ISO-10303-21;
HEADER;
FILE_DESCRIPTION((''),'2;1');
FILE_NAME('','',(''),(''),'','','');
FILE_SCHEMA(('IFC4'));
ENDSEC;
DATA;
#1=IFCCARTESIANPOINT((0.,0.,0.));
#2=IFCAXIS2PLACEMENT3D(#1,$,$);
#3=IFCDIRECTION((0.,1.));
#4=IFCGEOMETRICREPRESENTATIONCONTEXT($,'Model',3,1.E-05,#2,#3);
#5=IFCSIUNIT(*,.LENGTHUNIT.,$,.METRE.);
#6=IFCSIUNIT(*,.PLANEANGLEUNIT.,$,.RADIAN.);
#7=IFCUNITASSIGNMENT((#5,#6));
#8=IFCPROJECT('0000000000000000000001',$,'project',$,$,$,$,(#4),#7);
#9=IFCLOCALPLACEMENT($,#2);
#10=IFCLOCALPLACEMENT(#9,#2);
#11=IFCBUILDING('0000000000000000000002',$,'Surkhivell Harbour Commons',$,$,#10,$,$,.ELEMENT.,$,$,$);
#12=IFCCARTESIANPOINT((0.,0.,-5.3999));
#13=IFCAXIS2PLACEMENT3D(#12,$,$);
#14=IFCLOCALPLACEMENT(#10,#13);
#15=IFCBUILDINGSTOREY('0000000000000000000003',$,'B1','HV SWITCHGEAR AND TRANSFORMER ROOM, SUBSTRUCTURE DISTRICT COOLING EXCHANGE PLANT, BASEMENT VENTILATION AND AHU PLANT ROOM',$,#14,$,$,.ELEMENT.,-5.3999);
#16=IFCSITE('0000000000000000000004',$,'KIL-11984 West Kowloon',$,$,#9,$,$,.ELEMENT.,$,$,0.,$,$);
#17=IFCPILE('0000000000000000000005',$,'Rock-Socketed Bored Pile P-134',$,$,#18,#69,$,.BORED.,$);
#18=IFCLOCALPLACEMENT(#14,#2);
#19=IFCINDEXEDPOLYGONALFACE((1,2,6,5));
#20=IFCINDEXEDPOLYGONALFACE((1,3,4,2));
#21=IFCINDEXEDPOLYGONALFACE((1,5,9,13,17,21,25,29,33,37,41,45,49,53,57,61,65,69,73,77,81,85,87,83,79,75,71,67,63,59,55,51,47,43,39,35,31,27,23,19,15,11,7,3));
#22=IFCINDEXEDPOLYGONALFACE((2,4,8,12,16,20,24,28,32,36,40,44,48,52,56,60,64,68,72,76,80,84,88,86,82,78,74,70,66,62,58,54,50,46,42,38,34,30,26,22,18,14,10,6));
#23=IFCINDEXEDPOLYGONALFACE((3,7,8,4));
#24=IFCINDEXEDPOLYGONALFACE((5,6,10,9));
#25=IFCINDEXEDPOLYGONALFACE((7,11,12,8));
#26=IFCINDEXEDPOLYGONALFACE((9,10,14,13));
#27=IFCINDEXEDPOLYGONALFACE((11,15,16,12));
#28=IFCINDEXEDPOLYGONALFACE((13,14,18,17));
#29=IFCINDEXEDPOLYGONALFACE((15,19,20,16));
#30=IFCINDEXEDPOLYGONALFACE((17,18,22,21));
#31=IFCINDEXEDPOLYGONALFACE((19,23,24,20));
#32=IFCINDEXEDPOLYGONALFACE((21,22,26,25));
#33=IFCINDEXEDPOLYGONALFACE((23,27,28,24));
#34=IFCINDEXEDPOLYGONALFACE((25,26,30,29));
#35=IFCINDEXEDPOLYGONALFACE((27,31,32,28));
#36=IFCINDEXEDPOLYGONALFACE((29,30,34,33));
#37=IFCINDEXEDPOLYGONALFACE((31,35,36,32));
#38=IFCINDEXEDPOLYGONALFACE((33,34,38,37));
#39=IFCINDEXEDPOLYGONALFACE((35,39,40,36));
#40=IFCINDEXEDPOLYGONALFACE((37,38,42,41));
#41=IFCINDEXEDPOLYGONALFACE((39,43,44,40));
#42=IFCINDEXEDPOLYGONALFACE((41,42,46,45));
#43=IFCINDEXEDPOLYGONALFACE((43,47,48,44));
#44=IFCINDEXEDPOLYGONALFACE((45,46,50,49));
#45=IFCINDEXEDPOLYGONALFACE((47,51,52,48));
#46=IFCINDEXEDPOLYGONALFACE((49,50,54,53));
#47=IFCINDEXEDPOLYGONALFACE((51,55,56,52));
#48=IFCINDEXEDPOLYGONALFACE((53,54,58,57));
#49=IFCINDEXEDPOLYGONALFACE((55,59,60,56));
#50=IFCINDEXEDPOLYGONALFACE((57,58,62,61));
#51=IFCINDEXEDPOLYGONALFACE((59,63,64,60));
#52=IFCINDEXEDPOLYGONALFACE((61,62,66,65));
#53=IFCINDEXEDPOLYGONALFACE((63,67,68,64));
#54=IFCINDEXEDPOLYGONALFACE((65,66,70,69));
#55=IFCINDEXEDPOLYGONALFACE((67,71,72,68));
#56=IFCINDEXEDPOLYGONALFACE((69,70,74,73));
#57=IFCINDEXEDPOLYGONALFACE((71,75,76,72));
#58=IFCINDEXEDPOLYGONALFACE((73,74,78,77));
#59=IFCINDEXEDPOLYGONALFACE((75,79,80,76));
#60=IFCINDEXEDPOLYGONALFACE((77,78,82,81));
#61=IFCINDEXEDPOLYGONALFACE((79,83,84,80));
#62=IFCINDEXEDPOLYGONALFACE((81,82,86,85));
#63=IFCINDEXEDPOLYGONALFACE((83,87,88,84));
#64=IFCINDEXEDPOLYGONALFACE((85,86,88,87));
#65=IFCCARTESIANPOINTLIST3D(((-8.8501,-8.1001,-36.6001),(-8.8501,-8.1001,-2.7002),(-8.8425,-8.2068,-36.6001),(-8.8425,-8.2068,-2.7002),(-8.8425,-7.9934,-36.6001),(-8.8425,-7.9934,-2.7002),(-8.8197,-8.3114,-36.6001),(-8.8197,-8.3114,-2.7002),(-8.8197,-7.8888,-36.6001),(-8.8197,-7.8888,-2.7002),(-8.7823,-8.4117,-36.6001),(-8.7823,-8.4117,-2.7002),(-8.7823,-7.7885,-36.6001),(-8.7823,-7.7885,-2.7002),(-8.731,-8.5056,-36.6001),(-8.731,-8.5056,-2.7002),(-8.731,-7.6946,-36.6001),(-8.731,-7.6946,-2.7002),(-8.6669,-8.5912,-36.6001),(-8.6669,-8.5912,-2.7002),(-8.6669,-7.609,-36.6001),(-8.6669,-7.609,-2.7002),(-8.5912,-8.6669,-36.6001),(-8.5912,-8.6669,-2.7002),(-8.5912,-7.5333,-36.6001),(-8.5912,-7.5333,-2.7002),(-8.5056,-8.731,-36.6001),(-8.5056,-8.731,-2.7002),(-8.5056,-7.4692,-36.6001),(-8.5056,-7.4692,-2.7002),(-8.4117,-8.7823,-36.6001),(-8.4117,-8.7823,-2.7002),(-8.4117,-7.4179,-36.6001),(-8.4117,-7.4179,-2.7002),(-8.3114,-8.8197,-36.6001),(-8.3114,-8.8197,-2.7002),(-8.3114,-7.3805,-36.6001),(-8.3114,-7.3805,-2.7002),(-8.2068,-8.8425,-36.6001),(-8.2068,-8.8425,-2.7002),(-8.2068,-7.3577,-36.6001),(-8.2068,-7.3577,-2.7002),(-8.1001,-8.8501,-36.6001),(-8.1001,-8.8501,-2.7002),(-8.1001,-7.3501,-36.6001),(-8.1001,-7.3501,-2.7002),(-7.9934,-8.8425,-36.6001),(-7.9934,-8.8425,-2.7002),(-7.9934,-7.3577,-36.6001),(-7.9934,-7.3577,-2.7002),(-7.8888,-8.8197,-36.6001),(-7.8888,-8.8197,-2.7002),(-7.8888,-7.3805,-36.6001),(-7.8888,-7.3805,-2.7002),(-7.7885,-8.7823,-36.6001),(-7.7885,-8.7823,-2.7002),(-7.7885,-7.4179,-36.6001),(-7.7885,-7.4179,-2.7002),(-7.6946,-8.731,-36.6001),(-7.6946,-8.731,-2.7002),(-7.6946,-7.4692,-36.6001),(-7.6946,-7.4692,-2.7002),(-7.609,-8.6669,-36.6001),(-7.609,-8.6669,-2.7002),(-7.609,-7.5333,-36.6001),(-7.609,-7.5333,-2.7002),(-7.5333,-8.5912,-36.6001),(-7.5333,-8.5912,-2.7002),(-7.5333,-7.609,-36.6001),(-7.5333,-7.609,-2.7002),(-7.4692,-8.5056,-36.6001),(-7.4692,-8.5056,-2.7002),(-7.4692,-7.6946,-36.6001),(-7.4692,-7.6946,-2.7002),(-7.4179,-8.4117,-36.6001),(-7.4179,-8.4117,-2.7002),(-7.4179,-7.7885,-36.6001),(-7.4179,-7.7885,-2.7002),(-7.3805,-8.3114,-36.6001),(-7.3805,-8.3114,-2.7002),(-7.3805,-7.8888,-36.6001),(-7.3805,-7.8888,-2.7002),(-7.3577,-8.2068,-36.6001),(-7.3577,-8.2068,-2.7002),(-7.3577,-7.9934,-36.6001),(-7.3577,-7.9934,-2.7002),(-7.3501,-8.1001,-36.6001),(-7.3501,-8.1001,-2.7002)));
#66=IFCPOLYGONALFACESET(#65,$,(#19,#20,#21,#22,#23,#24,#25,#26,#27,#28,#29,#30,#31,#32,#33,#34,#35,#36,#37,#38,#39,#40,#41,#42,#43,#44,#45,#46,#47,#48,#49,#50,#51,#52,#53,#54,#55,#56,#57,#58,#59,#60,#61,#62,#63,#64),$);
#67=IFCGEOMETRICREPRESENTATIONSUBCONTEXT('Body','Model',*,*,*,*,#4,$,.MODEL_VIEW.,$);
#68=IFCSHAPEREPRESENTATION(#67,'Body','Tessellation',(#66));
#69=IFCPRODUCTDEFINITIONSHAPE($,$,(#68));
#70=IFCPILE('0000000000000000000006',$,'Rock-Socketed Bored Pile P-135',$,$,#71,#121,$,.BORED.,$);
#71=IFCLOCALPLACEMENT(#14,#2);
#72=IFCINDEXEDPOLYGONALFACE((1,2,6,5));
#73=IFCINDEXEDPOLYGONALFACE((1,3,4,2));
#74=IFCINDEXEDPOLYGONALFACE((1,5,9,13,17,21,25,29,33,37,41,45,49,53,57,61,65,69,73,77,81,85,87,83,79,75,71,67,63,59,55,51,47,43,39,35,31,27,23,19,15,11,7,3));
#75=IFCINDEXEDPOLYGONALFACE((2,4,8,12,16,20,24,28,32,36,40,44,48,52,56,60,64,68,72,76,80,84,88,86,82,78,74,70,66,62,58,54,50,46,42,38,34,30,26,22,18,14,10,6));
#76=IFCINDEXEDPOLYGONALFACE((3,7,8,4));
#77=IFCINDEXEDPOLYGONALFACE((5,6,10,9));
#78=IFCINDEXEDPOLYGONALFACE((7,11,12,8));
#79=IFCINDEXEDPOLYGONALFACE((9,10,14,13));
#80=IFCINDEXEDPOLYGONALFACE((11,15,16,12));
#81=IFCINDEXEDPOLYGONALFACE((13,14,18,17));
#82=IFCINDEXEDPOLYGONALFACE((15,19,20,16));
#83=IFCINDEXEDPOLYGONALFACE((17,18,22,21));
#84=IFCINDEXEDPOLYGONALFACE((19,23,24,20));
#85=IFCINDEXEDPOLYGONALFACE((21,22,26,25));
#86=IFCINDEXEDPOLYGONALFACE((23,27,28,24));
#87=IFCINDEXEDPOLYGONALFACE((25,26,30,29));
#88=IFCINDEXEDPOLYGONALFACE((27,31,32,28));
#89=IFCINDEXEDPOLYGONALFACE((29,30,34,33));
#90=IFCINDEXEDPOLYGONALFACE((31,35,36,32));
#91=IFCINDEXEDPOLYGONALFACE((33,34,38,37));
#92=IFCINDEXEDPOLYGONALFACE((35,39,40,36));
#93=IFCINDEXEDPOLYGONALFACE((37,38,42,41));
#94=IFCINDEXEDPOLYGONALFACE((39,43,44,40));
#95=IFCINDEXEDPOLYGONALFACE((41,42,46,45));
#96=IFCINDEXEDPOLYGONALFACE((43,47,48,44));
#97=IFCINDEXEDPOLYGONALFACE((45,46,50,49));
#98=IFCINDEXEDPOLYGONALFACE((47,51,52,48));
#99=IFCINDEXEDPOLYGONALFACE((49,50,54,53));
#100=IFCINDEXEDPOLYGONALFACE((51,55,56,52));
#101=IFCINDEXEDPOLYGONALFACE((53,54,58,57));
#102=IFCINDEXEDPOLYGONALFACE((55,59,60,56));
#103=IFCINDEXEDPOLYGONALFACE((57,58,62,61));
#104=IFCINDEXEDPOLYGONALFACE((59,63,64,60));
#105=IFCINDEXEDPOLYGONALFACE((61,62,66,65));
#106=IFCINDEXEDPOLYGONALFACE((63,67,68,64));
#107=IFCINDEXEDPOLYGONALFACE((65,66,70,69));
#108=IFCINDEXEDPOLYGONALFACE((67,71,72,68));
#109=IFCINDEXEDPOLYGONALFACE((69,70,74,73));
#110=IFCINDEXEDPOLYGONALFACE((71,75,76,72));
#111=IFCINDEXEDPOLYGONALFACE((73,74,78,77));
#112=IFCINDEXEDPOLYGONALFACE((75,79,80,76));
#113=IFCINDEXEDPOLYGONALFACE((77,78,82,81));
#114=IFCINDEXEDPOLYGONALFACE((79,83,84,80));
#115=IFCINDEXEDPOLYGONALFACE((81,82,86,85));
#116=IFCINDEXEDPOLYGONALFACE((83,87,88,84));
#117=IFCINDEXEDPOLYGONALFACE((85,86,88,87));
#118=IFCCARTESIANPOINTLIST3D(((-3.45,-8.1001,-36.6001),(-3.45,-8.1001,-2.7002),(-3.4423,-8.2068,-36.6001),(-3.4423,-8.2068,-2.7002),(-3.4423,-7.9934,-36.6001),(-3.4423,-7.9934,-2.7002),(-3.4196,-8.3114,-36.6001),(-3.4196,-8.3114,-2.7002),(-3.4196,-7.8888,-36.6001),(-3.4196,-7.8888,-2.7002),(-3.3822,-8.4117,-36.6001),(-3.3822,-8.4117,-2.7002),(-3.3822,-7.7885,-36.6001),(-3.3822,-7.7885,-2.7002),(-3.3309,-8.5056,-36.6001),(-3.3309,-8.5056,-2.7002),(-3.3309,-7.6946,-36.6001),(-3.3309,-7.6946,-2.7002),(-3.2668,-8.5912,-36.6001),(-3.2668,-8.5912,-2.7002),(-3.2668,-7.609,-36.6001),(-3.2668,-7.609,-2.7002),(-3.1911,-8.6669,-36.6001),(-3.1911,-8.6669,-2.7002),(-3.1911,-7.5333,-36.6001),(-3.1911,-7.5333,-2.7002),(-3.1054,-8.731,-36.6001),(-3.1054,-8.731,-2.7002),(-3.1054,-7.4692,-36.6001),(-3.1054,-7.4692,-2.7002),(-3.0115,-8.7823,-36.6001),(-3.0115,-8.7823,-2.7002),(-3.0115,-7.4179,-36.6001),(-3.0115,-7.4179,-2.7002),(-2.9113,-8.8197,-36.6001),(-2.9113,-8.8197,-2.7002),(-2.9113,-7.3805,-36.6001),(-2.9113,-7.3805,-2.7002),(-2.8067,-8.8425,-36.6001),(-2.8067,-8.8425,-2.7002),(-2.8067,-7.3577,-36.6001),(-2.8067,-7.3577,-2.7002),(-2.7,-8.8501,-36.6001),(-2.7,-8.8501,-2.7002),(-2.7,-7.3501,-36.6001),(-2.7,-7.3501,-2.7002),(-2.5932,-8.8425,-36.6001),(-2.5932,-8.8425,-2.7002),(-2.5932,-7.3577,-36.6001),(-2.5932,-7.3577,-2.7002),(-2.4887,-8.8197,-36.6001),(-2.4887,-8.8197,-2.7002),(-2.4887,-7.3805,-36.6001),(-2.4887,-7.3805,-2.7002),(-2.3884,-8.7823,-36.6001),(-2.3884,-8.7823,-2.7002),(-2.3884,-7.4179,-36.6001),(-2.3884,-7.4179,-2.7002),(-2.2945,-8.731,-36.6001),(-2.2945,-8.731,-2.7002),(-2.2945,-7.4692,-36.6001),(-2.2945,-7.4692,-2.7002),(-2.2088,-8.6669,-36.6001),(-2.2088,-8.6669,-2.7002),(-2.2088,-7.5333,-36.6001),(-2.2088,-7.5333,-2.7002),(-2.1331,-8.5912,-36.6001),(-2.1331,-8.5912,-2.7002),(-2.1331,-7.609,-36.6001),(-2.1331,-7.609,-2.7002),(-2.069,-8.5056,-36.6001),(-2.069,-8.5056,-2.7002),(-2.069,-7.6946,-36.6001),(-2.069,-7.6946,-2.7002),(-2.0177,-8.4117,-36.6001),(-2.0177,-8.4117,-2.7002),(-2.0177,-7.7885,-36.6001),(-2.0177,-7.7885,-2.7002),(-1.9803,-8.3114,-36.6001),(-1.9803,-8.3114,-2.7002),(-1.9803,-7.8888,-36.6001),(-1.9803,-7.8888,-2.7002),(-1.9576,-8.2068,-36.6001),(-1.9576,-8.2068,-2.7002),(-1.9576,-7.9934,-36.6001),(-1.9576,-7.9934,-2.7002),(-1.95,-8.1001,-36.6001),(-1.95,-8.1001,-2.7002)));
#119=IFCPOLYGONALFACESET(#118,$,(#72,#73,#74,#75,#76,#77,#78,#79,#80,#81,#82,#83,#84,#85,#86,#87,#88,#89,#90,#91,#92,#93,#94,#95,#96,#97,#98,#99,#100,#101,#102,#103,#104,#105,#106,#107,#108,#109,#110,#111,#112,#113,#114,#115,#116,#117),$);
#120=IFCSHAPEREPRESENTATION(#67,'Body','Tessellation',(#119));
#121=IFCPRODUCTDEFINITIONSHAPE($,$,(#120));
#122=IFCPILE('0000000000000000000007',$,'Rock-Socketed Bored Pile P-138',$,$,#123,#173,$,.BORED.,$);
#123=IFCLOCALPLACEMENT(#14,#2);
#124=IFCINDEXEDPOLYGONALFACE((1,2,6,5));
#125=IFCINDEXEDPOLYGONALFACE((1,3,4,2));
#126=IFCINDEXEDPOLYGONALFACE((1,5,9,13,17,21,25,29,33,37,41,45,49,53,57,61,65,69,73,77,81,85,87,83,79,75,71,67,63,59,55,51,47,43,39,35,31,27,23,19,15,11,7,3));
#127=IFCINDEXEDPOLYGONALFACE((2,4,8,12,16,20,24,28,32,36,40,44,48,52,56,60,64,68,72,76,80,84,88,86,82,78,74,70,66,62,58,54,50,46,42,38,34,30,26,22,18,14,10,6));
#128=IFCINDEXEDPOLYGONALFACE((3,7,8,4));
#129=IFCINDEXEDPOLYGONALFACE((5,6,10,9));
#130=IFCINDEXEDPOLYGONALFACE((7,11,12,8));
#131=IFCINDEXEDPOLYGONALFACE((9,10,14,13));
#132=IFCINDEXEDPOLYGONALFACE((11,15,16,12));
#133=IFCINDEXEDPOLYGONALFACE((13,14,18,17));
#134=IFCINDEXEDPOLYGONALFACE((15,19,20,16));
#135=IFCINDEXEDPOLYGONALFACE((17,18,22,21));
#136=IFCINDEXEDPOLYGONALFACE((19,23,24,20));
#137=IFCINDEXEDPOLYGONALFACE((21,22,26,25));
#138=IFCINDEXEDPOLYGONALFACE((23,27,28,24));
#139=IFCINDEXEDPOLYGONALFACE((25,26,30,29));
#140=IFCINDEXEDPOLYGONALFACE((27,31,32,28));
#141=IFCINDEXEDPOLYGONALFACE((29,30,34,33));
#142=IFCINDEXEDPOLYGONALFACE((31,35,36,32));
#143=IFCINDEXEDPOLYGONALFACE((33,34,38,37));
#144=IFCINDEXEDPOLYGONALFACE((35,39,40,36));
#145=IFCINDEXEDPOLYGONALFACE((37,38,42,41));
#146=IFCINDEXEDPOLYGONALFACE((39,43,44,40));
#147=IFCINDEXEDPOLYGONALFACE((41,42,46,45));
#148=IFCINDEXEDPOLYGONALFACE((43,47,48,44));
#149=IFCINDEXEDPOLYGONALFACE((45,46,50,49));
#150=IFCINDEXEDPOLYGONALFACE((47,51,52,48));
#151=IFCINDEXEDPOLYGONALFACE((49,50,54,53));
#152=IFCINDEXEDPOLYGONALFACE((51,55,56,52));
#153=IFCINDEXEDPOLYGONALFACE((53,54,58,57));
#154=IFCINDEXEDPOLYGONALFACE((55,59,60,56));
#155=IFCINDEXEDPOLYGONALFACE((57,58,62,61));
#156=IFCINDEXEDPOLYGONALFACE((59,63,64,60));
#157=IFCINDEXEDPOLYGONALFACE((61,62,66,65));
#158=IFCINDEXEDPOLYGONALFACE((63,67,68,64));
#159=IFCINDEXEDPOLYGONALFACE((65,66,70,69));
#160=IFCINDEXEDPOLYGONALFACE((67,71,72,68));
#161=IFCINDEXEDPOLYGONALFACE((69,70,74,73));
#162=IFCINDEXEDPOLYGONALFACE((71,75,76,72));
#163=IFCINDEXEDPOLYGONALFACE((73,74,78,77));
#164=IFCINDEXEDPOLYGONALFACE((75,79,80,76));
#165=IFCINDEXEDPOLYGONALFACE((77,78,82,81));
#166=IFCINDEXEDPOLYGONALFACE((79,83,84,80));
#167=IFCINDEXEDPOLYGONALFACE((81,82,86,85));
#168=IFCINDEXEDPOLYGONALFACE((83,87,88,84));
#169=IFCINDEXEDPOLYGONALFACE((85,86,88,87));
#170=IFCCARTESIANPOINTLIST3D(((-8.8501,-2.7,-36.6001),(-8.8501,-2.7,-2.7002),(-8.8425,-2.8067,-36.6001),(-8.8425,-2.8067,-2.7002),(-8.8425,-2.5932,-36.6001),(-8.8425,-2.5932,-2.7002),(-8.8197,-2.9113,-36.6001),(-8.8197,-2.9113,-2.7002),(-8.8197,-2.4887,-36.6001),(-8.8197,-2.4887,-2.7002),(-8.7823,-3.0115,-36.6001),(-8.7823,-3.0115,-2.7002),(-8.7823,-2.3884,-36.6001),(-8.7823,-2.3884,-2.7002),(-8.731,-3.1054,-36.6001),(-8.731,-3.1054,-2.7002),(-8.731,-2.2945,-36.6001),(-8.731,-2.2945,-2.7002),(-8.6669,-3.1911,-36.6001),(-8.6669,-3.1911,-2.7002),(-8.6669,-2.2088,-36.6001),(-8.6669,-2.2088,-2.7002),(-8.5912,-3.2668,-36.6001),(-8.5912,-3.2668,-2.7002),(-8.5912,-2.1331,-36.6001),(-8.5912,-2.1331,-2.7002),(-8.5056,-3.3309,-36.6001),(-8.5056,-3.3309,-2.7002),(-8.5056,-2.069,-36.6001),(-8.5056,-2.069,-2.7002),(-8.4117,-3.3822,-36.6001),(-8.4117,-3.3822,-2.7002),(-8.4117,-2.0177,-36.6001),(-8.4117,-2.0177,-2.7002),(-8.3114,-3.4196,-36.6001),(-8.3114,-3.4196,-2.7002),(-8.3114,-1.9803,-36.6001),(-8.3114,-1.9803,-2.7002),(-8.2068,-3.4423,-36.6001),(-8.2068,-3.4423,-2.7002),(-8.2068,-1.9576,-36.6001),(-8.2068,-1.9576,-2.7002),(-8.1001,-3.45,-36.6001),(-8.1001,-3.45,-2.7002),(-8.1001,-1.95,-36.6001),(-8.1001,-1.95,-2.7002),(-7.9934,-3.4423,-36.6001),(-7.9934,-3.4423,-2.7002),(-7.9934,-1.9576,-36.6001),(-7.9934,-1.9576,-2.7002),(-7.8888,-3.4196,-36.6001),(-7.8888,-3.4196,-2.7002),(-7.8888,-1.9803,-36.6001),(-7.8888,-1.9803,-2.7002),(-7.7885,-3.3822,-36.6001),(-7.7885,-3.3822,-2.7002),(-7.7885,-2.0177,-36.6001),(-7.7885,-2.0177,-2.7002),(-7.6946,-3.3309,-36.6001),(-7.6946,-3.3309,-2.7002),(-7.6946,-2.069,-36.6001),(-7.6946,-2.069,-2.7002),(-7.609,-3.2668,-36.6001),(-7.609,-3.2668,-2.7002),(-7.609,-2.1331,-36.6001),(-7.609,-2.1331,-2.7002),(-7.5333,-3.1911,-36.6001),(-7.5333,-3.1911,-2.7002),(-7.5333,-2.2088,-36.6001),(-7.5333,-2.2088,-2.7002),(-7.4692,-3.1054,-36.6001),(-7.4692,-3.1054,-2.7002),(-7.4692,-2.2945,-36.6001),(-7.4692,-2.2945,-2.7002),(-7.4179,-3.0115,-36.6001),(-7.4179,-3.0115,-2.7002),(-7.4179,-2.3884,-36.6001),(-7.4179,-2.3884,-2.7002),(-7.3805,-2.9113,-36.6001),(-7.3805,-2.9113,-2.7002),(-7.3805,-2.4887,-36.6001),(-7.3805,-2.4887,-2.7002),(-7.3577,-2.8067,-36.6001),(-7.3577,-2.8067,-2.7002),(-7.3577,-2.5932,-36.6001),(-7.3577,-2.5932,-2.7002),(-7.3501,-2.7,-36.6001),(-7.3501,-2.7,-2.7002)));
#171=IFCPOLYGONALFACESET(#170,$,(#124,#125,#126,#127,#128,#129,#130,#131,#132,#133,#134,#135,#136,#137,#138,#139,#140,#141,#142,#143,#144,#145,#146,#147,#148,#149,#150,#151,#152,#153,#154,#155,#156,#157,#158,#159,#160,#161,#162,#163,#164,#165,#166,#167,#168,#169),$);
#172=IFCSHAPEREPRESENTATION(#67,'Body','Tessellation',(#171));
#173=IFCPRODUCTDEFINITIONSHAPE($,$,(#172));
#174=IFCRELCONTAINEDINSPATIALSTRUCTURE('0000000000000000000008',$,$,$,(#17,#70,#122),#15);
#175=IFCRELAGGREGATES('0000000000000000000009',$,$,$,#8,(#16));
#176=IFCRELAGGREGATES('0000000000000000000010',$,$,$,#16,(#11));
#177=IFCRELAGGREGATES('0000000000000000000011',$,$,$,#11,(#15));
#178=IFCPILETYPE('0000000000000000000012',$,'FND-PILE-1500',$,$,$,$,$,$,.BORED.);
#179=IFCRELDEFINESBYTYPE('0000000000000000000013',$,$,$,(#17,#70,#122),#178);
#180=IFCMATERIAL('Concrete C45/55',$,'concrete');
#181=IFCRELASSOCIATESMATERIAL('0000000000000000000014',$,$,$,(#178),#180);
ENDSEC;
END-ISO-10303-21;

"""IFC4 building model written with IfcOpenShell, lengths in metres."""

from ifc_helpers import new_model, si_unit, direction, frame, origin, origin_2d, place, context, subcontext, project, spatial, circle, extrude, material, material_profile, profile_set, type_object, element, save


model = new_model("IFC4")

# Units and contexts
model_context = context("Model", 3, precision=1e-05, world=origin(), true_north=direction((0.0, 1.0)))
body_context = subcontext(model_context, "Body", "Model", "MODEL_VIEW")
ifc_project = project(units=[si_unit("LENGTHUNIT", "METRE"), si_unit("PLANEANGLEUNIT", "RADIAN")], contexts=[model_context])

# Site, building, storey
site_placement = place(None, origin())
site = spatial("IfcSite", under=ifc_project, at=site_placement, Name="KIL-11984 West Kowloon", CompositionType="ELEMENT", RefElevation=0.0)
building_placement = place(site_placement, origin())
building = spatial("IfcBuilding", under=site, at=building_placement, Name="Surkhivell Harbour Commons", CompositionType="ELEMENT")
storey_placement = place(building_placement, frame((0.0, 0.0, -5.3999)))
storey = spatial("IfcBuildingStorey", under=building, at=storey_placement, Name="B1", Description="HV SWITCHGEAR AND TRANSFORMER ROOM, SUBSTRUCTURE DISTRICT COOLING EXCHANGE PLANT, BASEMENT VENTILATION AND AHU PLANT ROOM", CompositionType="ELEMENT", Elevation=-5.3999)

# Piles
ifc_material_1 = material(Name="Concrete C45/55", Category="concrete")
ifc_material_profile_1 = material_profile(ifc_material_1, circle(Radius=0.75, at=origin_2d()), Name="PILE-1500")
ifc_profile_set_1 = profile_set([ifc_material_profile_1], Name="Concrete C45/55")
pile_type_1 = type_object("IfcPileType", Name="FND-PILE-1500", PredefinedType="BORED", material=ifc_profile_set_1)
for number, where, z_axis, x_axis, name in (
    (1, (-8.1001, -8.1001, -2.7002), (0.0, 0.0, -1.0), (1.0, 0.0, 0.0), "Rock-Socketed Bored Pile P-134"),
    (2, (-2.7, -8.1001, -2.7002), (0.0, 0.0, -1.0), (1.0, 0.0, 0.0), "Rock-Socketed Bored Pile P-135"),
    (3, (-8.1001, -2.7, -2.7002), (0.0, 0.0, -1.0), (1.0, 0.0, 0.0), "Rock-Socketed Bored Pile P-138"),
):
    element("IfcPile", number, at=place(storey_placement, frame(where, z_axis=z_axis, x_axis=x_axis)), inside=storey, type_object=pile_type_1, Name=name, PredefinedType="BORED", context=body_context, shape_type="SweptSolid", body=[
        extrude(circle(Radius=0.75, at=origin_2d()), origin(), (0.0, 0.0, 1.0), 33.8999),
    ])

save(model, "model.ifc")
